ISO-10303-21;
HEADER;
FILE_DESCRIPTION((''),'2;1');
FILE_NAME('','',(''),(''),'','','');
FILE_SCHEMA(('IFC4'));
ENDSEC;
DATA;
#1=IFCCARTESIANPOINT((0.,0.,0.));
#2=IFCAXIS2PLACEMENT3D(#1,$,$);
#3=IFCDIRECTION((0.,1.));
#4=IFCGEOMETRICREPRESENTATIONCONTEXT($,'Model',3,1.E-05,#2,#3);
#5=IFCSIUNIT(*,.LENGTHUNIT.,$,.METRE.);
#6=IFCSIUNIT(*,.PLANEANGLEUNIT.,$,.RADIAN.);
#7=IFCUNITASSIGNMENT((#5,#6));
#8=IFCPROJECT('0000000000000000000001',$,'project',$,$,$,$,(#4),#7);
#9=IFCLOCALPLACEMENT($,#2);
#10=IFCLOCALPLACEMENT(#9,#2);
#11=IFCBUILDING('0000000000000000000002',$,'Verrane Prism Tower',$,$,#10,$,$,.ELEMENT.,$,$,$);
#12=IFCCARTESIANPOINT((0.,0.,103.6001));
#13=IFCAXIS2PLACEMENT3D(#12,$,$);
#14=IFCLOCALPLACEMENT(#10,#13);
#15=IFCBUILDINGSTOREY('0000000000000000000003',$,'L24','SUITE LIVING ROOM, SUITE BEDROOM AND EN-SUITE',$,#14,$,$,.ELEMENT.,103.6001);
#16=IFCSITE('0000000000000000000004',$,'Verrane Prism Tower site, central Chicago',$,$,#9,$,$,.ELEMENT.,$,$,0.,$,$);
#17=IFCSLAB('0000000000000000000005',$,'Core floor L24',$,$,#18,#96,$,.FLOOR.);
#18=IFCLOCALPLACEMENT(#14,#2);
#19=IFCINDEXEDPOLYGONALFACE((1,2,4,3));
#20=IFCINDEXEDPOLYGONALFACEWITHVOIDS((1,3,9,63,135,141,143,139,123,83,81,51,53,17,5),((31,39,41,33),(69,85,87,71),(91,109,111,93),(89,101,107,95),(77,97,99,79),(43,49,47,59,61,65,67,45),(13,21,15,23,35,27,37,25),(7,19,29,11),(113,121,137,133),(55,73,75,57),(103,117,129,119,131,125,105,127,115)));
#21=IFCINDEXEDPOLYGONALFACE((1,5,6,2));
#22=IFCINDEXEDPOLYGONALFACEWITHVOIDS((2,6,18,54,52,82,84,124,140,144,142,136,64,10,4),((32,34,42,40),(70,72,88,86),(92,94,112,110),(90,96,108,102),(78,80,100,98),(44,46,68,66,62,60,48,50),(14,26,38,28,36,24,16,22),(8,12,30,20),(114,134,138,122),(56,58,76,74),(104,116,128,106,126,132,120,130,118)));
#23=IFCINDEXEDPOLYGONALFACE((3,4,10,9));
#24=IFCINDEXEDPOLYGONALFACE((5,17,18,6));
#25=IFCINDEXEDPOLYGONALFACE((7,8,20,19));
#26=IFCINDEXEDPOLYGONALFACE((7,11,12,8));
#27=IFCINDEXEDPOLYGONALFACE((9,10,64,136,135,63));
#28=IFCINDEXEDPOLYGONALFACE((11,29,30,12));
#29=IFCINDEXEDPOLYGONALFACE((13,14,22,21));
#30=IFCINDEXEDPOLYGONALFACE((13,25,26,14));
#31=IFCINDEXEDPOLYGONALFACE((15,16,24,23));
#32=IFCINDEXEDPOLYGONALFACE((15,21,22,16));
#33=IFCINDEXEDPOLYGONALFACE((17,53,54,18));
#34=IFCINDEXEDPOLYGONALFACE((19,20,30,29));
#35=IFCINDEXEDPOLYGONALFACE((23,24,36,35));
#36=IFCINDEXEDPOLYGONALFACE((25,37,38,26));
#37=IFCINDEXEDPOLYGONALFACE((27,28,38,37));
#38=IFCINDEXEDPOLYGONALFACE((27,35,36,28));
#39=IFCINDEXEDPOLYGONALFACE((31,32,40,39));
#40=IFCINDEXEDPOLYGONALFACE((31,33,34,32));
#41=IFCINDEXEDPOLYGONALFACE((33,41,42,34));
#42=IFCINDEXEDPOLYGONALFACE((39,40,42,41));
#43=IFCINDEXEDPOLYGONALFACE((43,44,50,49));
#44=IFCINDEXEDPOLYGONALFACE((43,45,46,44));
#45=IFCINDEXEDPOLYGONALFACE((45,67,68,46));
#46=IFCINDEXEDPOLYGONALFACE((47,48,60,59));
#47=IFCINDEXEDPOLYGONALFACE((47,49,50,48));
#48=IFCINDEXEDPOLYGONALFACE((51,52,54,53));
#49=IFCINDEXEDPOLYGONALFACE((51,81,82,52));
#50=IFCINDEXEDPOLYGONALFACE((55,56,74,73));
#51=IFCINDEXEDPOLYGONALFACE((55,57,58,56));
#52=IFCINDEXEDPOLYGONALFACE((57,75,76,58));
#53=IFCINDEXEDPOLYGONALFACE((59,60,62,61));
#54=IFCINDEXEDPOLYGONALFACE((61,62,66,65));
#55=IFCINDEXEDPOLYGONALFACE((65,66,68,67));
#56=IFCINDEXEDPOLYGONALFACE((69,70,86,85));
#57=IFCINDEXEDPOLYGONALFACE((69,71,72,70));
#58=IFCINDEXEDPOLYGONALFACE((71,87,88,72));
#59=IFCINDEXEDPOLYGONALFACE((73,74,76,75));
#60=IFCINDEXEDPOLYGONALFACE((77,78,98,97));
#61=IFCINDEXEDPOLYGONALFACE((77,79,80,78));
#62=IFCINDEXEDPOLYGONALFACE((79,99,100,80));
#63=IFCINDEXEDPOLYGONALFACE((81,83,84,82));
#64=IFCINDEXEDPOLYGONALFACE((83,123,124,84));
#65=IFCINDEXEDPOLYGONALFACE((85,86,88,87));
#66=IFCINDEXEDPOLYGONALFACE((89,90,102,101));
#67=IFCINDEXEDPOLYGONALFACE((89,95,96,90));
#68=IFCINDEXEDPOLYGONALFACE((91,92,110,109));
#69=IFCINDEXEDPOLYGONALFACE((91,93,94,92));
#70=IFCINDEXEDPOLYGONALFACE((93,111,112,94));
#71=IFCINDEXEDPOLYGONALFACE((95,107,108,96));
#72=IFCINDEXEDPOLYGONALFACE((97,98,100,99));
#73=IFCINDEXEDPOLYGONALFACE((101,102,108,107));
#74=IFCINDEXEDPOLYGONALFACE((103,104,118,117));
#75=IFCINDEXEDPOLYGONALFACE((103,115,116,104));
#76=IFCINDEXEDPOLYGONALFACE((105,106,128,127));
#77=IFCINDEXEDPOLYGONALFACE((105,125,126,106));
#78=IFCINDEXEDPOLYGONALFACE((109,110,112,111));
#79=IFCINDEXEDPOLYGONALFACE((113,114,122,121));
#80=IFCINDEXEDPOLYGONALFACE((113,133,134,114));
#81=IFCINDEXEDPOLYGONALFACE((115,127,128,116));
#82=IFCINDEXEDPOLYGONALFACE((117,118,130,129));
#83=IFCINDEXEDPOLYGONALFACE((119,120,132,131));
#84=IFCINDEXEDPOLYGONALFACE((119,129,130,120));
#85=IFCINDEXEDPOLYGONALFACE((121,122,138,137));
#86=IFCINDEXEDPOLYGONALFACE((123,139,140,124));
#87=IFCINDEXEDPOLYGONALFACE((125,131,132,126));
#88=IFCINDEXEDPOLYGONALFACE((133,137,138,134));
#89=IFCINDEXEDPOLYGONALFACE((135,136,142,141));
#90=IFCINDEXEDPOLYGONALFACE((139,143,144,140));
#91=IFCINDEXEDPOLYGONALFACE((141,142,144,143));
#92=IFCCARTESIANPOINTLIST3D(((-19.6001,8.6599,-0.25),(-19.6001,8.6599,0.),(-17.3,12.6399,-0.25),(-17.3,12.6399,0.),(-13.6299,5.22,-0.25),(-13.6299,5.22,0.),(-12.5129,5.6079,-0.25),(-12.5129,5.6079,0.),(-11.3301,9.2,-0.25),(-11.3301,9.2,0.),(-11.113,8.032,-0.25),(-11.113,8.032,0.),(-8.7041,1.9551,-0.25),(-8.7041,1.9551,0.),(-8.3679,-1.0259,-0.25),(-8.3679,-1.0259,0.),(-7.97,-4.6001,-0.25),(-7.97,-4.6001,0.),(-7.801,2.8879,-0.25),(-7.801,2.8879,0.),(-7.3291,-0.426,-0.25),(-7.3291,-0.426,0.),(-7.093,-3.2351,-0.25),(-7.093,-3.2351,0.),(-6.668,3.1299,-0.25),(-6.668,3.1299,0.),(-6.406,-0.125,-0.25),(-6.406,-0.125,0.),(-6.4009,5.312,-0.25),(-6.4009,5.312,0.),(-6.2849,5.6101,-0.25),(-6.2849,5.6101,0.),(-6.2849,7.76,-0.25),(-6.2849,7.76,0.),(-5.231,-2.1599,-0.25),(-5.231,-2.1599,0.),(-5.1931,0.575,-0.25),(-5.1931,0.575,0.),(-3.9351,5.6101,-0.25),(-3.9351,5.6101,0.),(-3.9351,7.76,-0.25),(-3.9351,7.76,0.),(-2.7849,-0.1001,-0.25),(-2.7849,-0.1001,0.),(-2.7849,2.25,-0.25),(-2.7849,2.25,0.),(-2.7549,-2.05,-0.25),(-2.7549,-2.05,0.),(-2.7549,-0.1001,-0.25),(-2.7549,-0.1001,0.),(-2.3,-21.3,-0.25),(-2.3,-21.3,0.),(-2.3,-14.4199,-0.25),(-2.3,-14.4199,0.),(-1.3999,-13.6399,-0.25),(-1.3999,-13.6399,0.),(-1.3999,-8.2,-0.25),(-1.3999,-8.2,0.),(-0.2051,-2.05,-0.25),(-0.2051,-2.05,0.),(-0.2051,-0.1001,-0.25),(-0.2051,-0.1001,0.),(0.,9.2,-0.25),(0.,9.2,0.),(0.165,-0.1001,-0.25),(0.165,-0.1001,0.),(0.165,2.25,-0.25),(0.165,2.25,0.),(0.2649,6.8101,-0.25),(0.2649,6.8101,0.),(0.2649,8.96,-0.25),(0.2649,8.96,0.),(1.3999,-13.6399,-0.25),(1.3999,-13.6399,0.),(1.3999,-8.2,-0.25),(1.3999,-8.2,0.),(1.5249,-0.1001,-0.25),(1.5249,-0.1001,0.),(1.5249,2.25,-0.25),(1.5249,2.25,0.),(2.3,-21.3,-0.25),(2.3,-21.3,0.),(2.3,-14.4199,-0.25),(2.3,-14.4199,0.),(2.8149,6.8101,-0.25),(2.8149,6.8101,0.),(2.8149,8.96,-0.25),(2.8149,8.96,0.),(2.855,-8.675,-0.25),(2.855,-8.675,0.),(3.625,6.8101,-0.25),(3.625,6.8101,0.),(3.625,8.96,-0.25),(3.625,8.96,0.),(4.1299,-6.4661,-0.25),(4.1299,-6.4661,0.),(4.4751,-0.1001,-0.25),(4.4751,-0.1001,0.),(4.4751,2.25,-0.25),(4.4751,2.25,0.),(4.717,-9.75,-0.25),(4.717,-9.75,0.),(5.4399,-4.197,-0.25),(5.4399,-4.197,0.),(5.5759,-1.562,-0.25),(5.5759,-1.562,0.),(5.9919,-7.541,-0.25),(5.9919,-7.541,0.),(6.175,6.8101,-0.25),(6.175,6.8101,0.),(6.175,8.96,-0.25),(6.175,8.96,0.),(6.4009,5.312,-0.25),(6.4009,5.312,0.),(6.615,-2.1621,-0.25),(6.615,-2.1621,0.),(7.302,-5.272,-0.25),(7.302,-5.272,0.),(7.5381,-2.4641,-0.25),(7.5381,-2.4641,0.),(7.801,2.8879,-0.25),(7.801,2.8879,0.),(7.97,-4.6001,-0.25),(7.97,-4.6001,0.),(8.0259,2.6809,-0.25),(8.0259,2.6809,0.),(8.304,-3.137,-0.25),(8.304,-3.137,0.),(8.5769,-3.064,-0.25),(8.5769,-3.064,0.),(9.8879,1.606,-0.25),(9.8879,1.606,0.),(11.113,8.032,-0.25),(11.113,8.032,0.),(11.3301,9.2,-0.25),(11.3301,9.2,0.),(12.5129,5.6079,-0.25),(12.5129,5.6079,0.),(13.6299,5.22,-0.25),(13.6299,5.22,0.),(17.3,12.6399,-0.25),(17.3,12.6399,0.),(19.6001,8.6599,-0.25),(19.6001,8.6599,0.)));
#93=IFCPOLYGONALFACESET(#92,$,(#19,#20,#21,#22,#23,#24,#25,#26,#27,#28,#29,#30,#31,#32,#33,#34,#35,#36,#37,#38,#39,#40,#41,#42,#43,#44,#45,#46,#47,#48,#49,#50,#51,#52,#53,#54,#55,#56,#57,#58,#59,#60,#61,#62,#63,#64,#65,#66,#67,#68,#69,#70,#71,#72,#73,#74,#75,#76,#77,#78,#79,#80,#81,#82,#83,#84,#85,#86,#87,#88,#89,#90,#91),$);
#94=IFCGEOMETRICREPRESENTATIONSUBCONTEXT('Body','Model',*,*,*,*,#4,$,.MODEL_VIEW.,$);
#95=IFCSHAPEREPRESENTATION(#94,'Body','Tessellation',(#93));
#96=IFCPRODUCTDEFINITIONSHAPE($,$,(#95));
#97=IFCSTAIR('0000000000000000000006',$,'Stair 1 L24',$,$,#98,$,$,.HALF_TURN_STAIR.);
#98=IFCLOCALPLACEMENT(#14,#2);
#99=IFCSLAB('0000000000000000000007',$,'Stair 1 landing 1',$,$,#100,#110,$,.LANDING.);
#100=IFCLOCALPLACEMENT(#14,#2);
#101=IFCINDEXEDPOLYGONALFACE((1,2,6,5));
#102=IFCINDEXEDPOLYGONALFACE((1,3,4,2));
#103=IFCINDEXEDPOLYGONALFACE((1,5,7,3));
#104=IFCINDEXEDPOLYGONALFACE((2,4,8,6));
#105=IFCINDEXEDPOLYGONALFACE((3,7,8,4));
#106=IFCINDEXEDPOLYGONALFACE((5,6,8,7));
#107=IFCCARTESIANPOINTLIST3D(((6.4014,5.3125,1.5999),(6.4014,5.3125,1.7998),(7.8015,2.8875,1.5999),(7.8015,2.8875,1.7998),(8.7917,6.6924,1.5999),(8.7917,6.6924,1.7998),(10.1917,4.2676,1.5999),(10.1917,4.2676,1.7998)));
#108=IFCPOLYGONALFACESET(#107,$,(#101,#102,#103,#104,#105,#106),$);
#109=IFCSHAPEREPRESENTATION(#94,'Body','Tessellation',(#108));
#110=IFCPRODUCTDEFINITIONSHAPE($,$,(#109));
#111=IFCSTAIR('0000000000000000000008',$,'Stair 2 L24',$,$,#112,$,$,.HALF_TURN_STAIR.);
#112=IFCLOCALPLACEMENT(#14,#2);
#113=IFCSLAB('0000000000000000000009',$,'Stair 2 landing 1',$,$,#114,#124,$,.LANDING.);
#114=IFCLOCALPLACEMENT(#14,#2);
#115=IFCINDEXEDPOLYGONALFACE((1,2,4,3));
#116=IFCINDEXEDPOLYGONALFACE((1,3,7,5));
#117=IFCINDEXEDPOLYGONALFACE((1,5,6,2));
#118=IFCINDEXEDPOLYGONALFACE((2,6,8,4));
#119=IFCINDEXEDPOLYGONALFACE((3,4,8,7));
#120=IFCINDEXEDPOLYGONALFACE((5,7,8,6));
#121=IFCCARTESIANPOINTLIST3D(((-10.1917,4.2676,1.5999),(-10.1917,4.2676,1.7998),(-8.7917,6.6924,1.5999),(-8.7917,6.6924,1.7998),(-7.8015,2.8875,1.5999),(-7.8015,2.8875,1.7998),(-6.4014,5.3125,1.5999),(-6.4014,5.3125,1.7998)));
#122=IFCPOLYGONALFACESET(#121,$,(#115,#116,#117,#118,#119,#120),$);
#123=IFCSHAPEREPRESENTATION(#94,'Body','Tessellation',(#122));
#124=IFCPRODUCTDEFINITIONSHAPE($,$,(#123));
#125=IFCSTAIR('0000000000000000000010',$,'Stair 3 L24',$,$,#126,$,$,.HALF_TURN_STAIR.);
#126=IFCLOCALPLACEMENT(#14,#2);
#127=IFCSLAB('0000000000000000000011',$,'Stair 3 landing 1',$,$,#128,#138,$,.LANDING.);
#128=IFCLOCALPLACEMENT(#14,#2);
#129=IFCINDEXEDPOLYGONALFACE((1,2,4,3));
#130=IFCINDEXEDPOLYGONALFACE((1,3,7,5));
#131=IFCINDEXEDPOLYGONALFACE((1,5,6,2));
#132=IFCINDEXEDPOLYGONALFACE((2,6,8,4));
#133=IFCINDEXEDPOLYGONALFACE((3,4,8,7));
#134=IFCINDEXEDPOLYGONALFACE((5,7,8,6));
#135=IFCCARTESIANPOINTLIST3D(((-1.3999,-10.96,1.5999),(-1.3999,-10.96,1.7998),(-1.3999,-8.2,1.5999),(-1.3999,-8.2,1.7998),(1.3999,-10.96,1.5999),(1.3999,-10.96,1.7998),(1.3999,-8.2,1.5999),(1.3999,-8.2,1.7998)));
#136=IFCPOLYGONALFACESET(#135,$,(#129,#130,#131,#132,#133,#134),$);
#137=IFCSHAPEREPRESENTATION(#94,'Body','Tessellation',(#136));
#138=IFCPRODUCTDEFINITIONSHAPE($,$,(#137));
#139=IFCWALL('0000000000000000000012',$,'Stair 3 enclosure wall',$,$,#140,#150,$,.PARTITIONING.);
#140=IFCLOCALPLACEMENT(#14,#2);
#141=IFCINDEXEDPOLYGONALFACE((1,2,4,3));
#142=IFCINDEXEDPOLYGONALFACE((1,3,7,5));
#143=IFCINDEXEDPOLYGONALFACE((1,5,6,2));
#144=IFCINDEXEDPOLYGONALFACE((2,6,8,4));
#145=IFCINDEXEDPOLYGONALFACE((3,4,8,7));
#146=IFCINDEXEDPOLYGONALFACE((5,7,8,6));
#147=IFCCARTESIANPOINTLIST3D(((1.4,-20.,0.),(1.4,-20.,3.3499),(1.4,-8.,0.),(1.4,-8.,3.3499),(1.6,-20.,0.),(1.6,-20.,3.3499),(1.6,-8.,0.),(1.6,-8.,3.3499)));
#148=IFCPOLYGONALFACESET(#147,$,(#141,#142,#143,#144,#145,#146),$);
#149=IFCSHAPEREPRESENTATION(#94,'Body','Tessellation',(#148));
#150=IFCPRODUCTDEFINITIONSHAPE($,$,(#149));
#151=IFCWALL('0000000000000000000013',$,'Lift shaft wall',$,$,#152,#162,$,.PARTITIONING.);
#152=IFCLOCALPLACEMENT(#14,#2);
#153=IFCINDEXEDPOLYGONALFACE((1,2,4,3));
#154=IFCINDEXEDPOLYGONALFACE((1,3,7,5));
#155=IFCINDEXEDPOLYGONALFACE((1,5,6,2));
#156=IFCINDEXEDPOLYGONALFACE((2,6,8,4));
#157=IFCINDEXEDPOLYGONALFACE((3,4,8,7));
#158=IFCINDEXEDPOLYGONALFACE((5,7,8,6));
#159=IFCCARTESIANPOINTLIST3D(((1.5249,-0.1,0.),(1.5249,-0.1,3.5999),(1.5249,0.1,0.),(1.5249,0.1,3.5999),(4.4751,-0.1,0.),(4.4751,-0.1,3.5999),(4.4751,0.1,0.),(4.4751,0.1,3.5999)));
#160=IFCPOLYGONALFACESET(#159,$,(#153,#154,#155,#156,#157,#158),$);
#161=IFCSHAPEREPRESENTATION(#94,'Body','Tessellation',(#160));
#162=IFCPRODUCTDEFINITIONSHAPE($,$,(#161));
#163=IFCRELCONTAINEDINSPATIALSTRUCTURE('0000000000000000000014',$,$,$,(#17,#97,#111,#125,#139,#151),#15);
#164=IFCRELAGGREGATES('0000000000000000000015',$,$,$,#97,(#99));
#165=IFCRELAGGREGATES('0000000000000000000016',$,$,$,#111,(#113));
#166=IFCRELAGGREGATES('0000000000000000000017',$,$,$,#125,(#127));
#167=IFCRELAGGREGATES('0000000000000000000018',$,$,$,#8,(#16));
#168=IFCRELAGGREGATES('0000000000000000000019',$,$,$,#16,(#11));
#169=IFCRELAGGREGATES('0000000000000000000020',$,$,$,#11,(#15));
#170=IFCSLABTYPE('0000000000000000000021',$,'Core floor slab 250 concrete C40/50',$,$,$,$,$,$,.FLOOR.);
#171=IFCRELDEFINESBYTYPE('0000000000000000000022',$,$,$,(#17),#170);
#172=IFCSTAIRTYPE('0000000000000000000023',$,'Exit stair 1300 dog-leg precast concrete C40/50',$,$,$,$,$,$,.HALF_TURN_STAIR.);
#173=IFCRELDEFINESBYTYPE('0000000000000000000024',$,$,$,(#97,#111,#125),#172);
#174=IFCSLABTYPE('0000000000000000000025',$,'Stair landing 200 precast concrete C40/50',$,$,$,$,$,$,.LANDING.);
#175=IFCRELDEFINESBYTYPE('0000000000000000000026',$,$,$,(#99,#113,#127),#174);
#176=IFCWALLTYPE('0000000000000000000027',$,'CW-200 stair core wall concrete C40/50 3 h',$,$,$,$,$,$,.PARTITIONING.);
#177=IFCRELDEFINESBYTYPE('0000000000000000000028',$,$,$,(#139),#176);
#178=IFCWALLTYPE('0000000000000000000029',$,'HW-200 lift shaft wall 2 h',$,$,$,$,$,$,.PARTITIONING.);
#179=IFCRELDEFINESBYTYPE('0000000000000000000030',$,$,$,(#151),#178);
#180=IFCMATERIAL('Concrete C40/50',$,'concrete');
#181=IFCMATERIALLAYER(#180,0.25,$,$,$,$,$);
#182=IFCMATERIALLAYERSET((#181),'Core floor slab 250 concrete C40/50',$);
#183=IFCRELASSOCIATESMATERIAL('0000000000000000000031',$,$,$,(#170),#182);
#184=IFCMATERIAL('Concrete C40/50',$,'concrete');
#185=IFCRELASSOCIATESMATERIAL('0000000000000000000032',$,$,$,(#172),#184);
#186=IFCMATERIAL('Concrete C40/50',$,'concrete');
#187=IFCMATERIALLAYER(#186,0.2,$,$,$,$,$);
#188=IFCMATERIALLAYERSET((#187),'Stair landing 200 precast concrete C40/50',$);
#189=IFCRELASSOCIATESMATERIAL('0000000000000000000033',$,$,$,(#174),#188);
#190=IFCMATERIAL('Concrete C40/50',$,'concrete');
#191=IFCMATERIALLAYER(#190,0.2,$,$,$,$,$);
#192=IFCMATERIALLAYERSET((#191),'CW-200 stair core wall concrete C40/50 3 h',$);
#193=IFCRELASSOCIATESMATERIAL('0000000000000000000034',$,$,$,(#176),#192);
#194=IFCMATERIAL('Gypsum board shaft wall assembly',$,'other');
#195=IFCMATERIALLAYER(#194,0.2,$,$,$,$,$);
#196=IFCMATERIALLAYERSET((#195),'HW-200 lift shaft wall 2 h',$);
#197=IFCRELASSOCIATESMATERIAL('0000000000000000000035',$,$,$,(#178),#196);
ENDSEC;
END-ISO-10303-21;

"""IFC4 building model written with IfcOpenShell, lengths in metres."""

from ifc_helpers import new_model, si_unit, direction, frame, frame_2d, origin, place, context, subcontext, project, spatial, polyline, rectangle, outline, extrude, material, layer, layer_set, type_object, element, aggregate, save


model = new_model("IFC4")

# Units and contexts
model_context = context("Model", 3, precision=1e-05, world=origin(), true_north=direction((0.0, 1.0)))
body_context = subcontext(model_context, "Body", "Model", "MODEL_VIEW")
ifc_project = project(units=[si_unit("LENGTHUNIT", "METRE"), si_unit("PLANEANGLEUNIT", "RADIAN")], contexts=[model_context])

# Site, building, storey
site_placement = place(None, origin())
site = spatial("IfcSite", under=ifc_project, at=site_placement, Name="Verrane Prism Tower site, central Chicago", CompositionType="ELEMENT", RefElevation=0.0)
building_placement = place(site_placement, origin())
building = spatial("IfcBuilding", under=site, at=building_placement, Name="Verrane Prism Tower", CompositionType="ELEMENT")
storey_placement = place(building_placement, frame((0.0, 0.0, 103.6001)))
storey = spatial("IfcBuildingStorey", under=building, at=storey_placement, Name="L24", Description="SUITE LIVING ROOM, SUITE BEDROOM AND EN-SUITE", CompositionType="ELEMENT", Elevation=103.6001)

# Slab
ifc_material_1 = material(Name="Concrete C40/50", Category="concrete")
ifc_layer_1 = layer(ifc_material_1, 0.25)
ifc_layer_set_1 = layer_set([ifc_layer_1], Name="Core floor slab 250 concrete C40/50")
slab_type_1 = type_object("IfcSlabType", Name="Core floor slab 250 concrete C40/50", PredefinedType="FLOOR", material=ifc_layer_set_1)
slab_1_placement = place(storey_placement, frame((0.0, 0.0, -0.25)))
element("IfcSlab", 1, at=slab_1_placement, inside=storey, type_object=slab_type_1, Name="Core floor L24", PredefinedType="FLOOR", context=body_context, shape_type="SweptSolid", body=[
    extrude(outline(polyline([(13.6299, 5.22), (19.6001, 8.6599), (17.3, 12.6399), (11.3301, 9.2), (0.0, 9.2), (-11.3301, 9.2), (-17.3, 12.6399), (-19.6001, 8.6599), (-13.6299, 5.22), (-7.97, -4.6001), (-2.3, -14.4199), (-2.3, -21.3), (2.3, -21.3), (2.3, -14.4199), (7.97, -4.6001), (13.6299, 5.22)]), holes=[polyline([(1.3999, -8.2), (1.3999, -13.6399), (-1.3999, -13.6399), (-1.3999, -8.2), (1.3999, -8.2)]), polyline([(0.165, 2.25), (0.165, -0.1001), (-0.2051, -0.1001), (-0.2051, -2.05), (-2.7549, -2.05), (-2.7549, -0.1001), (-2.7849, -0.1001), (-2.7849, 2.25), (0.165, 2.25)]), polyline([(-7.801, 2.8879), (-12.5129, 5.6079), (-11.113, 8.032), (-6.4009, 5.312), (-7.801, 2.8879)]), polyline([(-6.2849, 5.6101), (-6.2849, 7.76), (-3.9351, 7.76), (-3.9351, 5.6101), (-6.2849, 5.6101)]), polyline([(2.8149, 6.8101), (0.2649, 6.8101), (0.2649, 8.96), (2.8149, 8.96), (2.8149, 6.8101)]), polyline([(4.717, -9.75), (2.855, -8.675), (4.1299, -6.4661), (5.9919, -7.541), (4.717, -9.75)]), polyline([(8.304, -3.137), (5.5759, -1.562), (8.0259, 2.6809), (9.8879, 1.606), (7.5381, -2.4641), (8.5769, -3.064), (7.302, -5.272), (5.4399, -4.197), (6.615, -2.1621), (8.304, -3.137)]), polyline([(1.5249, -0.1001), (1.5249, 2.25), (4.4751, 2.25), (4.4751, -0.1001), (1.5249, -0.1001)]), polyline([(11.113, 8.032), (12.5129, 5.6079), (7.801, 2.8879), (6.4009, 5.312), (11.113, 8.032)]), polyline([(3.625, 6.8101), (3.625, 8.96), (6.175, 8.96), (6.175, 6.8101), (3.625, 6.8101)]), polyline([(-5.231, -2.1599), (-7.093, -3.2351), (-8.3679, -1.0259), (-7.3291, -0.426), (-8.7041, 1.9551), (-6.668, 3.1299), (-5.1931, 0.575), (-6.406, -0.125), (-5.231, -2.1599)])]), origin(), (0.0, 0.0, 1.0), 0.25),
])

# Stairs, slabs
ifc_material_2 = material(Name="Concrete C40/50", Category="concrete")
stair_type = type_object("IfcStairType", Name="Exit stair 1300 dog-leg precast concrete C40/50", PredefinedType="HALF_TURN_STAIR", material=ifc_material_2)
stair_1_placement = place(storey_placement, origin())
stair_1 = element("IfcStair", 2, at=stair_1_placement, inside=storey, type_object=stair_type, Name="Stair 1 L24", PredefinedType="HALF_TURN_STAIR")
ifc_material_3 = material(Name="Concrete C40/50", Category="concrete")
ifc_layer_2 = layer(ifc_material_3, 0.2)
ifc_layer_set_2 = layer_set([ifc_layer_2], Name="Stair landing 200 precast concrete C40/50")
slab_type_2 = type_object("IfcSlabType", Name="Stair landing 200 precast concrete C40/50", PredefinedType="LANDING", material=ifc_layer_set_2)
slab_2_placement = place(storey_placement, frame((0.0, 0.0, 1.5999)))
slab_2 = element("IfcSlab", 3, at=slab_2_placement, type_object=slab_type_2, Name="Stair 1 landing 1", PredefinedType="LANDING", context=body_context, shape_type="SweptSolid", body=[
    extrude(outline(polyline([(8.7917, 6.6924), (6.4014, 5.3125), (7.8015, 2.8875), (10.1917, 4.2676), (8.7917, 6.6924)])), origin(), (0.0, 0.0, 1.0), 0.2),
])
aggregate(stair_1, [slab_2])
stair_2_placement = place(storey_placement, origin())
stair_2 = element("IfcStair", 4, at=stair_2_placement, inside=storey, type_object=stair_type, Name="Stair 2 L24", PredefinedType="HALF_TURN_STAIR")
slab_3_placement = place(storey_placement, frame((0.0, 0.0, 1.5999)))
slab_3 = element("IfcSlab", 5, at=slab_3_placement, type_object=slab_type_2, Name="Stair 2 landing 1", PredefinedType="LANDING", context=body_context, shape_type="SweptSolid", body=[
    extrude(outline(polyline([(-10.1917, 4.2676), (-7.8015, 2.8875), (-6.4014, 5.3125), (-8.7917, 6.6924), (-10.1917, 4.2676)])), origin(), (0.0, 0.0, 1.0), 0.2),
])
aggregate(stair_2, [slab_3])
stair_3_placement = place(storey_placement, origin())
stair_3 = element("IfcStair", 6, at=stair_3_placement, inside=storey, type_object=stair_type, Name="Stair 3 L24", PredefinedType="HALF_TURN_STAIR")
slab_4_placement = place(storey_placement, frame((0.0, 0.0, 1.5999)))
slab_4 = element("IfcSlab", 7, at=slab_4_placement, type_object=slab_type_2, Name="Stair 3 landing 1", PredefinedType="LANDING", context=body_context, shape_type="SweptSolid", body=[
    extrude(outline(polyline([(1.3999, -10.96), (1.3999, -8.2), (-1.3999, -8.2), (-1.3999, -10.96), (1.3999, -10.96)])), origin(), (0.0, 0.0, 1.0), 0.2),
])
aggregate(stair_3, [slab_4])

# Walls
ifc_material_4 = material(Name="Concrete C40/50", Category="concrete")
ifc_layer_3 = layer(ifc_material_4, 0.2)
ifc_layer_set_3 = layer_set([ifc_layer_3], Name="CW-200 stair core wall concrete C40/50 3 h")
wall_type_1 = type_object("IfcWallType", Name="CW-200 stair core wall concrete C40/50 3 h", PredefinedType="PARTITIONING", material=ifc_layer_set_3)
wall_1_placement = place(storey_placement, frame((1.5, -8.0, 0.0), z_axis=(0.0, 0.0, 1.0), x_axis=(0.0, -1.0, 0.0)))
element("IfcWall", 8, at=wall_1_placement, inside=storey, type_object=wall_type_1, Name="Stair 3 enclosure wall", PredefinedType="PARTITIONING", context=body_context, shape_type="SweptSolid", body=[
    extrude(rectangle(XDim=12.0, YDim=0.2, at=frame_2d((6.0, 0.0))), origin(), (0.0, 0.0, 1.0), 3.3499),
])
ifc_material_5 = material(Name="Gypsum board shaft wall assembly", Category="other")
ifc_layer_4 = layer(ifc_material_5, 0.2)
ifc_layer_set_4 = layer_set([ifc_layer_4], Name="HW-200 lift shaft wall 2 h")
wall_type_2 = type_object("IfcWallType", Name="HW-200 lift shaft wall 2 h", PredefinedType="PARTITIONING", material=ifc_layer_set_4)
wall_2_placement = place(storey_placement, frame((1.5249, 0.0, 0.0), z_axis=(0.0, 0.0, 1.0), x_axis=(1.0, 0.0, 0.0)))
element("IfcWall", 9, at=wall_2_placement, inside=storey, type_object=wall_type_2, Name="Lift shaft wall", PredefinedType="PARTITIONING", context=body_context, shape_type="SweptSolid", body=[
    extrude(rectangle(XDim=2.9502, YDim=0.2, at=frame_2d((1.4751, 0.0))), origin(), (0.0, 0.0, 1.0), 3.5999),
])

save(model, "model.ifc")
